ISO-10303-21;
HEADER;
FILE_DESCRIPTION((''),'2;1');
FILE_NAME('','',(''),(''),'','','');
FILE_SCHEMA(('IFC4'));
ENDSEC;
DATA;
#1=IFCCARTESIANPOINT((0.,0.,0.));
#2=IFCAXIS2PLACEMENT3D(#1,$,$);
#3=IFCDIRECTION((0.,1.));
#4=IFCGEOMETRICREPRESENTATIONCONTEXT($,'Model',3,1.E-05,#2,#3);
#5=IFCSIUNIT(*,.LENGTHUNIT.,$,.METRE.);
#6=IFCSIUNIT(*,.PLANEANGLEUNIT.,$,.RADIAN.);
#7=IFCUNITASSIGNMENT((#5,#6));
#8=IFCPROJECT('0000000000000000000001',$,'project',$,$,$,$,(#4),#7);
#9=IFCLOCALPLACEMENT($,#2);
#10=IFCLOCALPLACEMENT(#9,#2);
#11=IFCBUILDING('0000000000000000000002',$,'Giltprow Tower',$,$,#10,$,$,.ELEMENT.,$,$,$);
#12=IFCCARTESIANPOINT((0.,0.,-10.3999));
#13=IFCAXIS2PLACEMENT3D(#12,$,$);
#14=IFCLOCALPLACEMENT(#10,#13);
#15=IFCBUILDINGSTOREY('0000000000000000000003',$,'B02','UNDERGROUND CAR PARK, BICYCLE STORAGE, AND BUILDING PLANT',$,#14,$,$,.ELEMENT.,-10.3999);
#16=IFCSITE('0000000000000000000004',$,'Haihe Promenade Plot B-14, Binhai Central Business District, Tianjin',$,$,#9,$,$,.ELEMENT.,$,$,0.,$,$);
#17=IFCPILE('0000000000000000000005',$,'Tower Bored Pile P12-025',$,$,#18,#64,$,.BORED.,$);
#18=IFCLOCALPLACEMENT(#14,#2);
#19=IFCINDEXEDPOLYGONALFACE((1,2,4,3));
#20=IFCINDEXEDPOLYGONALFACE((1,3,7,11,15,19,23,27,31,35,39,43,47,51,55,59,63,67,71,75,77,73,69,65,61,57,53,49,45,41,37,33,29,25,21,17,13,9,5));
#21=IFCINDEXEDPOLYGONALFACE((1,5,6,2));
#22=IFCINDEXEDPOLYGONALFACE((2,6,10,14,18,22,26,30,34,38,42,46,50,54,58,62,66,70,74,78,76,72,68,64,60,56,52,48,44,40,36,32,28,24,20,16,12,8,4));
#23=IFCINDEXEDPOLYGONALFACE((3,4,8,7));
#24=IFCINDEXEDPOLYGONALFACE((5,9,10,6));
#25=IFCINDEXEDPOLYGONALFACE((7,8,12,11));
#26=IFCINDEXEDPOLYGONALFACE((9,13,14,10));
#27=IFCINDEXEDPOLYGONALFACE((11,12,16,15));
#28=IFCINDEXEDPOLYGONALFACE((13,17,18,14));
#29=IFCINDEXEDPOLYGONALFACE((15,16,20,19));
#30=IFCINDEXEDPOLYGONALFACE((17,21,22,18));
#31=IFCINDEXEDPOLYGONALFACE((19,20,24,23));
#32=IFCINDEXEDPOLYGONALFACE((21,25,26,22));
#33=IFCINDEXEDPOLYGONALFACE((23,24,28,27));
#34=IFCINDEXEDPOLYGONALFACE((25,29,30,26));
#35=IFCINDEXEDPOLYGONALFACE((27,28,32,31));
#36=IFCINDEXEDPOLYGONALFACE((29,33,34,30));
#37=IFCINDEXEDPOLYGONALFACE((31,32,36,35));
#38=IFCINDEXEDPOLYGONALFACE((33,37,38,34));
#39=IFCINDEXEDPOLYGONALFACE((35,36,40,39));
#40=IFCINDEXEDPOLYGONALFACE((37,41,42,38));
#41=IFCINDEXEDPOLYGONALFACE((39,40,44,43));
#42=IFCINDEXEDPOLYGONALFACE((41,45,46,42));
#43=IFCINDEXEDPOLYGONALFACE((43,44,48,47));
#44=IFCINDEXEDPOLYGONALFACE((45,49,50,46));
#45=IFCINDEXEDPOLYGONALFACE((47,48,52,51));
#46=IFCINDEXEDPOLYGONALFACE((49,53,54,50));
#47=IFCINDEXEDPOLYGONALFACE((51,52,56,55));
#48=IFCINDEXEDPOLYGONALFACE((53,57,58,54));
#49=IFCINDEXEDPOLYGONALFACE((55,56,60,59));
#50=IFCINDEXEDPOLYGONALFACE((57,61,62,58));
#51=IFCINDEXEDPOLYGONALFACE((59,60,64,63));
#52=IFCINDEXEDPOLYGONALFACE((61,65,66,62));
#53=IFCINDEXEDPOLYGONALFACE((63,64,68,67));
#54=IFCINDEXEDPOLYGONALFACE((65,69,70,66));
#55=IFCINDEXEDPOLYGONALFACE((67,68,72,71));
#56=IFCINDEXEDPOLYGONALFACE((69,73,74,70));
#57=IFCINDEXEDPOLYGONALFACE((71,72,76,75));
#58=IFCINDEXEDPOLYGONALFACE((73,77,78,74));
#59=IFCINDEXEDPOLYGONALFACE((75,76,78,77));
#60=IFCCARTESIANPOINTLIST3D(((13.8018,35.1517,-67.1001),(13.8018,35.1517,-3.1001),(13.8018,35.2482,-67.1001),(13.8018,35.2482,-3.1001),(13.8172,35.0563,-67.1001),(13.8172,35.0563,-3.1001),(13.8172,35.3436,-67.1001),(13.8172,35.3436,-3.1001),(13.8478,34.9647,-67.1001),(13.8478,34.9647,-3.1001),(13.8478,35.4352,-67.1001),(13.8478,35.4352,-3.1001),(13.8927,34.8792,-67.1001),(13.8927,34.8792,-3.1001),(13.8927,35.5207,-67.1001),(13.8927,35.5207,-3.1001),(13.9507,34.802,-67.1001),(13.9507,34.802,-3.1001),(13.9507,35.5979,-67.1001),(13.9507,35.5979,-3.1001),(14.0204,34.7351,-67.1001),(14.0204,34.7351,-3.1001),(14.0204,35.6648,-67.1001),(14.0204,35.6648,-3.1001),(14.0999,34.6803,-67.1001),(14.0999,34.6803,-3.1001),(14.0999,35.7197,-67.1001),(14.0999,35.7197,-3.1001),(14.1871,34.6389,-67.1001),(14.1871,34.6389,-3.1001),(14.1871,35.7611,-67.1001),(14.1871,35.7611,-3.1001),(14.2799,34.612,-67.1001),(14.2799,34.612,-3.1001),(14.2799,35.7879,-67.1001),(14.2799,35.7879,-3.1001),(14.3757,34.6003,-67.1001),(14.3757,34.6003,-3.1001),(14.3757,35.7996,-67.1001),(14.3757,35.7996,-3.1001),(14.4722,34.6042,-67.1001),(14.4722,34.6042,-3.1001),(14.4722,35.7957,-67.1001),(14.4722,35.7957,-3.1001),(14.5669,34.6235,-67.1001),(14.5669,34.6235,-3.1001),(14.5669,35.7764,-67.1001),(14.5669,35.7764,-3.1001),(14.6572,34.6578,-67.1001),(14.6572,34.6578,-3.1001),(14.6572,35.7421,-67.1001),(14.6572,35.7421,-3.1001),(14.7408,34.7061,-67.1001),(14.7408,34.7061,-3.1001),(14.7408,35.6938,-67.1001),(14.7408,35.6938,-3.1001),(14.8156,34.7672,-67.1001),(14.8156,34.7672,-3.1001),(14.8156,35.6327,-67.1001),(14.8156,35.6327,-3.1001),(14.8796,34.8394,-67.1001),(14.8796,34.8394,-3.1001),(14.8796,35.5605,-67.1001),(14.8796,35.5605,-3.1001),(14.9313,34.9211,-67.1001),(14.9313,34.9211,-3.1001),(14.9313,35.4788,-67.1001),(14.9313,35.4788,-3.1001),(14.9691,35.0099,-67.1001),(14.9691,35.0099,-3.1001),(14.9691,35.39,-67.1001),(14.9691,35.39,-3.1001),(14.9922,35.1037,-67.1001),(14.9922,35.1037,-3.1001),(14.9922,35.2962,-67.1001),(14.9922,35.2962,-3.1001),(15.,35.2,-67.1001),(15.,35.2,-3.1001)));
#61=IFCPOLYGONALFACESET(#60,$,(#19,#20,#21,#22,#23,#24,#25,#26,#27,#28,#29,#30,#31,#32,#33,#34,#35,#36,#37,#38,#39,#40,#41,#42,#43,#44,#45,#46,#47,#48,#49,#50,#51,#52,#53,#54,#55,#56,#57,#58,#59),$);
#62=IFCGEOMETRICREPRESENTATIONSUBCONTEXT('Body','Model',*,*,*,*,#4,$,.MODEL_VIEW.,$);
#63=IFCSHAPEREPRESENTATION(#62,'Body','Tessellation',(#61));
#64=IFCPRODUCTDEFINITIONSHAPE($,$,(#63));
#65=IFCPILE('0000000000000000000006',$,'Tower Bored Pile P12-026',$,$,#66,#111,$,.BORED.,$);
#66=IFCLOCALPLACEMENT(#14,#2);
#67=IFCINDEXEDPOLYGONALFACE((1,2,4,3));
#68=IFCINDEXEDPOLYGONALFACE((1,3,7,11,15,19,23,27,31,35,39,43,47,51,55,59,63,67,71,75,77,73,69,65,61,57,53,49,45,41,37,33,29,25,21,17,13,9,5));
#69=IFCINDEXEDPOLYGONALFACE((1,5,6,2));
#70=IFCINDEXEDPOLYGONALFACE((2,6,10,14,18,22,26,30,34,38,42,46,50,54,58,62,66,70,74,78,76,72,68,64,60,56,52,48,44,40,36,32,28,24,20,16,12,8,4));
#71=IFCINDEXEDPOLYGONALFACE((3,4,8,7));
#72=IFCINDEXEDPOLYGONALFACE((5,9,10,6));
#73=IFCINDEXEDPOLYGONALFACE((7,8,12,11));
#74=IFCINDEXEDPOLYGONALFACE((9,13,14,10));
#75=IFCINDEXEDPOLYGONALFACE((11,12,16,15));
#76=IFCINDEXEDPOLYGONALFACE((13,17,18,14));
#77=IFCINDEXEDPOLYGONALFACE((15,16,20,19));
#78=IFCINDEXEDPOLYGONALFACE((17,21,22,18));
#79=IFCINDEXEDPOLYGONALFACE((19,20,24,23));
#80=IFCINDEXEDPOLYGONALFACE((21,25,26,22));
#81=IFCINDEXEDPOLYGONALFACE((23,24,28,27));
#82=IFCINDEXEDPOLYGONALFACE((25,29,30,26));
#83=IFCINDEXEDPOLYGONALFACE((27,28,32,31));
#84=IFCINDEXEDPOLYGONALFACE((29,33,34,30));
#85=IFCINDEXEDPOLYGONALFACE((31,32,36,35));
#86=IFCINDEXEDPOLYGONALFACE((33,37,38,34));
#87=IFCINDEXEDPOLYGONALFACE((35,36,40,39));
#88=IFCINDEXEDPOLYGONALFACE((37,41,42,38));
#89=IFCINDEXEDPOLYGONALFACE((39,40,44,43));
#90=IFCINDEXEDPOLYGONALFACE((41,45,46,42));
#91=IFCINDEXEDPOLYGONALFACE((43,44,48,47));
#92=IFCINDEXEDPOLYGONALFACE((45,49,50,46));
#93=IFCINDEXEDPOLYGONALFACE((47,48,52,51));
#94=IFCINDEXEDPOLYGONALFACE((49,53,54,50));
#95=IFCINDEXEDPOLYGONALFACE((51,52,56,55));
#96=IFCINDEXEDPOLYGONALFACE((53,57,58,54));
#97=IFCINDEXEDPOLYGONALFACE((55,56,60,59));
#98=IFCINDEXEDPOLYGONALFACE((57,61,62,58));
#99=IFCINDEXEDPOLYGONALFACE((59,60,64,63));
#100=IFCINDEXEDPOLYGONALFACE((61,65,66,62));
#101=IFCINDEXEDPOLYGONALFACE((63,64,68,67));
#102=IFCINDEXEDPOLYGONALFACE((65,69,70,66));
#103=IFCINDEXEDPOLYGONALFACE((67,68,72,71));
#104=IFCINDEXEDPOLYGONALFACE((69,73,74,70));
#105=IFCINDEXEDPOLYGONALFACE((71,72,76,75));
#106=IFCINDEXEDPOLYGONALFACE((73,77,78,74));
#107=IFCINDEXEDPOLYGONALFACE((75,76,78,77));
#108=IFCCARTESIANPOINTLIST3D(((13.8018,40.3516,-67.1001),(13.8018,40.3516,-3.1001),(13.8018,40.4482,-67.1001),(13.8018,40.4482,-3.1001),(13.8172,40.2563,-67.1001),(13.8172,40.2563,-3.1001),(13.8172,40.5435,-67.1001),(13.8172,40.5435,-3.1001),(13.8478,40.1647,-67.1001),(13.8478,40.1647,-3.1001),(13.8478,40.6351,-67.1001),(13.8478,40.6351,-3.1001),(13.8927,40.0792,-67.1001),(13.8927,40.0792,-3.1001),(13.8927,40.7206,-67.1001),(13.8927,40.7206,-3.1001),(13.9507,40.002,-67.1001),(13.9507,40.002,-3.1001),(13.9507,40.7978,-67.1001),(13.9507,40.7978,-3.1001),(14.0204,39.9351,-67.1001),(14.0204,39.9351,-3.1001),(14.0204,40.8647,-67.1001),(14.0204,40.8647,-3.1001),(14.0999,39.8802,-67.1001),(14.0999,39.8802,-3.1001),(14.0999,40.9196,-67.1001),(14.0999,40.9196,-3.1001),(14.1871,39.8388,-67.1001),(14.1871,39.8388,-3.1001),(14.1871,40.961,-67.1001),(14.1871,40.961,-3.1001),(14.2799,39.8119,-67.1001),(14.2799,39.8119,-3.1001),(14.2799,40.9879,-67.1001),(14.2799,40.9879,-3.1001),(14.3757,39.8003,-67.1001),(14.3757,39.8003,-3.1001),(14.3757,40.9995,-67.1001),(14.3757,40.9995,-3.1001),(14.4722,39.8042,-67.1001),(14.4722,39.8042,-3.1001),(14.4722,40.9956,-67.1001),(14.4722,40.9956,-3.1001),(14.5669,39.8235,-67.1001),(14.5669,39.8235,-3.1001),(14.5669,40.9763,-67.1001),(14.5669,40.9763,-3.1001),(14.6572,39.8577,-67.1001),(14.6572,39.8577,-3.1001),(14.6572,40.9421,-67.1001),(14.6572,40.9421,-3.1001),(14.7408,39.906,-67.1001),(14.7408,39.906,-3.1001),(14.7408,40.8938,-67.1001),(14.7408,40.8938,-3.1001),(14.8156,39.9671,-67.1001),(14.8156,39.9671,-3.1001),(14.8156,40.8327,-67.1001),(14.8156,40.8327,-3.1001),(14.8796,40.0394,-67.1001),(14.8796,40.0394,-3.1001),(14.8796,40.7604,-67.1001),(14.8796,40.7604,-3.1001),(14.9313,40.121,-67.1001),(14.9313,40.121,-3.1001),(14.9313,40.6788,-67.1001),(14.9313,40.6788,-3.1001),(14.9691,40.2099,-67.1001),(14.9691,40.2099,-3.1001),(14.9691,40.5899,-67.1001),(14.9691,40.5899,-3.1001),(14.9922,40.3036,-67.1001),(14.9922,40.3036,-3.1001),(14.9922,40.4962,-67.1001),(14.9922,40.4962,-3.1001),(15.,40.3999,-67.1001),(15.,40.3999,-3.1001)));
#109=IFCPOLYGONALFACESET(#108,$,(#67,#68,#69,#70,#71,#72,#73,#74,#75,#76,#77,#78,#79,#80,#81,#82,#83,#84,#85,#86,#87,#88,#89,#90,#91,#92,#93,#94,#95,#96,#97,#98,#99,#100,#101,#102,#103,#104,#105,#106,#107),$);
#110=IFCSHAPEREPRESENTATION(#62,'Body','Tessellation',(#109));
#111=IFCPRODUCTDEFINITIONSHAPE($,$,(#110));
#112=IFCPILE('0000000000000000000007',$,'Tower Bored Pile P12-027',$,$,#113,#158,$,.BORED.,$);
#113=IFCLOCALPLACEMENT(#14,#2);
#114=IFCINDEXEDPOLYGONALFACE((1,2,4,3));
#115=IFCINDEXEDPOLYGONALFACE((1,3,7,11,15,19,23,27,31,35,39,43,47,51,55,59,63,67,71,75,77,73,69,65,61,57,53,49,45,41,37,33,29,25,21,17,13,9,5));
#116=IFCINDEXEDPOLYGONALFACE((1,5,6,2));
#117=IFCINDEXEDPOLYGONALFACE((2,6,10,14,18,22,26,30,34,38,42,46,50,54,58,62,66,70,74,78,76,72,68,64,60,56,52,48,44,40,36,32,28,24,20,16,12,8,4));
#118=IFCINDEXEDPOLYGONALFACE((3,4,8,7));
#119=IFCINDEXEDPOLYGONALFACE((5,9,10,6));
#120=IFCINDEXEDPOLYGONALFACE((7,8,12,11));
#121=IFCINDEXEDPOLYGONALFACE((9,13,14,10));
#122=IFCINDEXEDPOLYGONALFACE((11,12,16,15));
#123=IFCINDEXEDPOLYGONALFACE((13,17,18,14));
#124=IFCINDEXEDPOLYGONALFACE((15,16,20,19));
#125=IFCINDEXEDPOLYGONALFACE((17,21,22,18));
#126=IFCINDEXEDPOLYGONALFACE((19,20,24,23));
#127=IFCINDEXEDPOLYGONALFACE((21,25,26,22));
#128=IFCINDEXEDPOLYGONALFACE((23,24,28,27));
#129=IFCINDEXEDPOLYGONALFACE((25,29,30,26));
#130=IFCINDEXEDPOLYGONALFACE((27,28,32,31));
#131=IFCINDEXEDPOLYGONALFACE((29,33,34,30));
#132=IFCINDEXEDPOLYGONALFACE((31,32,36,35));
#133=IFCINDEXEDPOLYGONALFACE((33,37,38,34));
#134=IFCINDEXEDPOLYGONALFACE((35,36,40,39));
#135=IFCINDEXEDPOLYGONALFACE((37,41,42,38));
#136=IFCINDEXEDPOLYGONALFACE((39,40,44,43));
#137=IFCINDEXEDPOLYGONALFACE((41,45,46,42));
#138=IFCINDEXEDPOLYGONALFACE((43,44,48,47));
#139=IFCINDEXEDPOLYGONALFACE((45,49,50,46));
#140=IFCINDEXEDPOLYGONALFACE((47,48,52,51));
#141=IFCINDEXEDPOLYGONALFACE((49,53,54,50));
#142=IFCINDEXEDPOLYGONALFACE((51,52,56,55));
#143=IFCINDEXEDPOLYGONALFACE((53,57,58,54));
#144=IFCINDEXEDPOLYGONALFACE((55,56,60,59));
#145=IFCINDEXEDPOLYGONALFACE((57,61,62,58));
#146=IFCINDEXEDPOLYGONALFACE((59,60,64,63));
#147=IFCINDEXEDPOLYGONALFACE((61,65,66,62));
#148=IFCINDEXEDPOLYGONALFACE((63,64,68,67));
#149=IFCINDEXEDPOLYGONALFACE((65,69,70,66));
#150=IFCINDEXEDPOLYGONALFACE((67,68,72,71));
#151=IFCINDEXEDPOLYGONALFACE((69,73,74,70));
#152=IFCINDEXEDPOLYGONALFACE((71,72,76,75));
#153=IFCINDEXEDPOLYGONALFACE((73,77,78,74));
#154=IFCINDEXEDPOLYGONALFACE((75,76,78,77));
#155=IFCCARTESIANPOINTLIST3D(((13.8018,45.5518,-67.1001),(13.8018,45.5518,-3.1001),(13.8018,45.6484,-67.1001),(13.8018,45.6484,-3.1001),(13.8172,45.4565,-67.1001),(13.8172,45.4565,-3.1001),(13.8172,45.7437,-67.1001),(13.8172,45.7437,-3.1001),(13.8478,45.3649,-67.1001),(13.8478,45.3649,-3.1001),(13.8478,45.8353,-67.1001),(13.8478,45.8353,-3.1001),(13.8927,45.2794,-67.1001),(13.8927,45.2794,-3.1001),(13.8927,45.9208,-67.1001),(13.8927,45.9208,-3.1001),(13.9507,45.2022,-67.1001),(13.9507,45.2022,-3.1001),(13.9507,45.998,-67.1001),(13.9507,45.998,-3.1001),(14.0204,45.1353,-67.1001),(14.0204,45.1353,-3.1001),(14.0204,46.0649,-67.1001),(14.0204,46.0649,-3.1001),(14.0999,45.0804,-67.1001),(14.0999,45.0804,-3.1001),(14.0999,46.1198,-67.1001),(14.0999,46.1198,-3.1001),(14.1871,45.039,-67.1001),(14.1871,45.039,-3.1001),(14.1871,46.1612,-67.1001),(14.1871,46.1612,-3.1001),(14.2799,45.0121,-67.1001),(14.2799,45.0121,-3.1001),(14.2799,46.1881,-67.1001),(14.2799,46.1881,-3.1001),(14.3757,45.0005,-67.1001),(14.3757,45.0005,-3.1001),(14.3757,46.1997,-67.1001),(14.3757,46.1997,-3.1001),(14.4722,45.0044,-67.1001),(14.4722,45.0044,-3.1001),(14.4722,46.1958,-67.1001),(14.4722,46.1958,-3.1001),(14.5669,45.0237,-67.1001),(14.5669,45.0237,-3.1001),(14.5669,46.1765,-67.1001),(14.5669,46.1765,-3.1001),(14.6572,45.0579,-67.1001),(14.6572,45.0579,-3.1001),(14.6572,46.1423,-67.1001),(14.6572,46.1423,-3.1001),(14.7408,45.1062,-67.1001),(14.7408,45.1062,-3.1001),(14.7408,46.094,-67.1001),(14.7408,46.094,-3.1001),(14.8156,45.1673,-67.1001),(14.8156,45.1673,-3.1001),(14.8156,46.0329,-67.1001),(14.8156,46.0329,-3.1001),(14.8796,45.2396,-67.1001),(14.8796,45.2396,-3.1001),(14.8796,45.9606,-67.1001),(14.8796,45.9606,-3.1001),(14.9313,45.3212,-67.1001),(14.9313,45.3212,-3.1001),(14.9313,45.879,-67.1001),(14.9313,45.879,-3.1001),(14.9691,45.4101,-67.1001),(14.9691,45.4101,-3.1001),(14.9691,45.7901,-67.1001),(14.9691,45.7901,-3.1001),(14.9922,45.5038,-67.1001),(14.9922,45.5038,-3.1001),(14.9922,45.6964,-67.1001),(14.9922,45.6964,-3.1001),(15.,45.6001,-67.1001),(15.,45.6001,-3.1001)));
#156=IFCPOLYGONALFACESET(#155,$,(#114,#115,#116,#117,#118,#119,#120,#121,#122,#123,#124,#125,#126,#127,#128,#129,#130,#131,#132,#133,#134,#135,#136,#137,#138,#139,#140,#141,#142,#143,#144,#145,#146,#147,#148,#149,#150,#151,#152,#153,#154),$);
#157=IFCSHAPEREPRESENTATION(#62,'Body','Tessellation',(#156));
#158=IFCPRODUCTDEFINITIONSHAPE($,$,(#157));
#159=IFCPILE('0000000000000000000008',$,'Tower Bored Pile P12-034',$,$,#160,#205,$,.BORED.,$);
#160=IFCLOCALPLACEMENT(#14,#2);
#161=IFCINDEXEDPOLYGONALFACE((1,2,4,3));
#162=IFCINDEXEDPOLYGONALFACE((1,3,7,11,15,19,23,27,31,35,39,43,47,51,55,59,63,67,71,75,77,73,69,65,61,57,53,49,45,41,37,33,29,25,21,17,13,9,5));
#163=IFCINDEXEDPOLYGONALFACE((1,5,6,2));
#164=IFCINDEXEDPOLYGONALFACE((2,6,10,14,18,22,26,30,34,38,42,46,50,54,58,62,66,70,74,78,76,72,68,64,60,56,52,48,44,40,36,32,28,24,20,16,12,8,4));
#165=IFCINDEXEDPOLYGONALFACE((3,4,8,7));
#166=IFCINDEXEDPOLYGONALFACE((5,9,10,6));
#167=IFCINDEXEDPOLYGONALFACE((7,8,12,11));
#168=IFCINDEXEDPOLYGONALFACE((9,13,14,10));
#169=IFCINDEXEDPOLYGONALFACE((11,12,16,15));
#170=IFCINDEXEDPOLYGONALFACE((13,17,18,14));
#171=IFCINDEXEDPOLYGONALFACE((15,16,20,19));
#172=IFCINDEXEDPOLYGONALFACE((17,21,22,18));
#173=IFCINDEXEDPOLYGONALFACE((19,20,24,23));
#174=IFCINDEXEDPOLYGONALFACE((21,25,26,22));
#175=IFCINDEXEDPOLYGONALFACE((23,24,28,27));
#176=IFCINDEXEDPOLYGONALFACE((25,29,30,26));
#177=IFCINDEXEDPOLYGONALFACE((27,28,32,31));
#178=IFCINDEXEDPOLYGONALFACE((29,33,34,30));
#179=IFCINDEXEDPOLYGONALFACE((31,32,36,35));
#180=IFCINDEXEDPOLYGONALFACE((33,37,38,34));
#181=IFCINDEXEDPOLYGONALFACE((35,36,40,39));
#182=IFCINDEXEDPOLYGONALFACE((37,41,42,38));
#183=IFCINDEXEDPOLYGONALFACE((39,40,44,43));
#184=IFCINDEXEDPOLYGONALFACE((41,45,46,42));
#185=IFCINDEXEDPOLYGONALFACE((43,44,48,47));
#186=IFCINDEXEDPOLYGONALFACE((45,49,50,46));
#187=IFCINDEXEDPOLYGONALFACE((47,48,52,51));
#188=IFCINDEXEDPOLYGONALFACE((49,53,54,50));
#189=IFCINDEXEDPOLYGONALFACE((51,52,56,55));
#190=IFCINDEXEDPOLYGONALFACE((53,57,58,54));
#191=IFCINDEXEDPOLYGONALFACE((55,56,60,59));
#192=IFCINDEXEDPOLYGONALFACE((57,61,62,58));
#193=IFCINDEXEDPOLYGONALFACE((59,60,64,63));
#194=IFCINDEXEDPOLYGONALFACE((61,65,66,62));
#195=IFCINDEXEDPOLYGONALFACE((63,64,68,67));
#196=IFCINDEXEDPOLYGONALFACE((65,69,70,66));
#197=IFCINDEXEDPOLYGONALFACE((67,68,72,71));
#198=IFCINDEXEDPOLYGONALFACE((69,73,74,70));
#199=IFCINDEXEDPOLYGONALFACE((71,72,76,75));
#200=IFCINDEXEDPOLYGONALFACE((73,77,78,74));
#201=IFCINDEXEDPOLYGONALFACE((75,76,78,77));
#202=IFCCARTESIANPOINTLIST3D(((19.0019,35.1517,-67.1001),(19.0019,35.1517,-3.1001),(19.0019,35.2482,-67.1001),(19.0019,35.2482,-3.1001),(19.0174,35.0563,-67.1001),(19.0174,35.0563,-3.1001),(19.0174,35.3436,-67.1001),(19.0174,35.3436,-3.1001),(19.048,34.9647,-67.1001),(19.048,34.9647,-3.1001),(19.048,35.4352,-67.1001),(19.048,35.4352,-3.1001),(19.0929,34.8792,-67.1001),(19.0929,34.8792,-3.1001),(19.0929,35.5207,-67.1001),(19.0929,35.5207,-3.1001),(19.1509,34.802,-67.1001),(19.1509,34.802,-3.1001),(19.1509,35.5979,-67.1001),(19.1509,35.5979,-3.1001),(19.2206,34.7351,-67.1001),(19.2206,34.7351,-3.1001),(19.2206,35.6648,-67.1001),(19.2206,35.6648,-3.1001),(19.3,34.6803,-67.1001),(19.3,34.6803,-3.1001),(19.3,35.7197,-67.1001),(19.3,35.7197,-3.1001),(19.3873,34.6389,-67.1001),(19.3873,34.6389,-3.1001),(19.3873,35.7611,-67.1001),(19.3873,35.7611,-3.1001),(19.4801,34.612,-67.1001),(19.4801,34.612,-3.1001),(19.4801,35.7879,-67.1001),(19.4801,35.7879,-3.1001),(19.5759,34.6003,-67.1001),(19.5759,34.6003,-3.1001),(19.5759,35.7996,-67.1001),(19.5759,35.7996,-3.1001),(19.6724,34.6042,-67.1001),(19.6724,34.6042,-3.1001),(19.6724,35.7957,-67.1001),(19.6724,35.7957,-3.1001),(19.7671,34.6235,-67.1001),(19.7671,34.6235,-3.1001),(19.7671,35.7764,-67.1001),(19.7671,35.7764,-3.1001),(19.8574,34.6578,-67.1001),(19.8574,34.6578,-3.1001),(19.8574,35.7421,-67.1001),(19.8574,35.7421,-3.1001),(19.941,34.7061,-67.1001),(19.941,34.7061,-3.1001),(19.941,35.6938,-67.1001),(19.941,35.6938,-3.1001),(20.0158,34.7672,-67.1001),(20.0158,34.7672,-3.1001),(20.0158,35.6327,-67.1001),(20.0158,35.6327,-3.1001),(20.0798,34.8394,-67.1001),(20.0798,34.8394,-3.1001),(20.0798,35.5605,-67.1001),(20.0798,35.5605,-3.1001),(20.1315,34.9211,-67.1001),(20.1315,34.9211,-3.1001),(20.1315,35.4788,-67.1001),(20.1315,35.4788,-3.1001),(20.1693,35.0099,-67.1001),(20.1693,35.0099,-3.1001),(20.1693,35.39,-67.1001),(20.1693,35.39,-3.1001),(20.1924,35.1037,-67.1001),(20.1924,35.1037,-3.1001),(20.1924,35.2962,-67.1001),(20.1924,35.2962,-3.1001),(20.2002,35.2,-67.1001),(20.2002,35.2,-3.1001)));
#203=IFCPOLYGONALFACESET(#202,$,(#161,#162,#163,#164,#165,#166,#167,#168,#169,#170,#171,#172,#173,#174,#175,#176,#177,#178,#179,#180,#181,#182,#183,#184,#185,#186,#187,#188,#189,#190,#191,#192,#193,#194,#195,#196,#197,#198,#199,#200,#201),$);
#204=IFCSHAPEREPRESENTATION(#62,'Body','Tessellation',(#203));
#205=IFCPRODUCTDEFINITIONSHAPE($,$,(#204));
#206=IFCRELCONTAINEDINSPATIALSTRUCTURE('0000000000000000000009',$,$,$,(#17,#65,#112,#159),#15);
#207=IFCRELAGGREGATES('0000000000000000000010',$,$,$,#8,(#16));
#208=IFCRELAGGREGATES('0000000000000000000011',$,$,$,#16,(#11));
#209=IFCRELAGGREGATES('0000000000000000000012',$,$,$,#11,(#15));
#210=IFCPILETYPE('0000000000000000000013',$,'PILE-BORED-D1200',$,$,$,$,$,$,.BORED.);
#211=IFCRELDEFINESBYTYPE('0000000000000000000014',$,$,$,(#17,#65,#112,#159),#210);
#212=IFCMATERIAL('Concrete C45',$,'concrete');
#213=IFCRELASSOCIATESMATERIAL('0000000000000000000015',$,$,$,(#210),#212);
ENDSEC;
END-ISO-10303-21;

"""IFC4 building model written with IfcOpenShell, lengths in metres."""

from ifc_helpers import new_model, si_unit, direction, frame, origin, origin_2d, place, context, subcontext, project, spatial, circle, extrude, source, transform, mapped, material, material_profile, profile_set, type_object, element, save


model = new_model("IFC4")

# Units and contexts
model_context = context("Model", 3, precision=1e-05, world=origin(), true_north=direction((0.0, 1.0)))
body_context = subcontext(model_context, "Body", "Model", "MODEL_VIEW")
ifc_project = project(units=[si_unit("LENGTHUNIT", "METRE"), si_unit("PLANEANGLEUNIT", "RADIAN")], contexts=[model_context])

# Site, building, storey
site_placement = place(None, origin())
site = spatial("IfcSite", under=ifc_project, at=site_placement, Name="Haihe Promenade Plot B-14, Binhai Central Business District, Tianjin", CompositionType="ELEMENT", RefElevation=0.0)
building_placement = place(site_placement, origin())
building = spatial("IfcBuilding", under=site, at=building_placement, Name="Giltprow Tower", CompositionType="ELEMENT")
storey_placement = place(building_placement, frame((0.0, 0.0, -10.3999)))
storey = spatial("IfcBuildingStorey", under=building, at=storey_placement, Name="B02", Description="UNDERGROUND CAR PARK, BICYCLE STORAGE, AND BUILDING PLANT", CompositionType="ELEMENT", Elevation=-10.3999)

# Piles
ifc_material_1 = material(Name="Concrete C45", Category="concrete")
ifc_material_profile_1 = material_profile(ifc_material_1, circle(Radius=0.6001, at=origin_2d()), Name="PILE D1200")
ifc_profile_set_1 = profile_set([ifc_material_profile_1], Name="Concrete C45")
pile_type_1 = type_object("IfcPileType", Name="PILE-BORED-D1200", PredefinedType="BORED", material=ifc_profile_set_1)
shared_shape_1 = source(origin(), body_context, "Body", "SweptSolid", [
    extrude(circle(Radius=0.6001, at=origin_2d()), origin(), (0.0, 0.0, 1.0), 64.0),
])
for number, where, z_axis, x_axis, name in (
    (1, (14.3999, 35.2, -3.1001), (0.0, 0.0, -1.0), (1.0, 0.0, 0.0), "Tower Bored Pile P12-025"),
    (2, (14.3999, 40.3999, -3.1001), (0.0, 0.0, -1.0), (1.0, 0.0, 0.0), "Tower Bored Pile P12-026"),
    (3, (14.3999, 45.6001, -3.1001), (0.0, 0.0, -1.0), (1.0, 0.0, 0.0), "Tower Bored Pile P12-027"),
    (4, (19.6001, 35.2, -3.1001), (0.0, 0.0, -1.0), (1.0, 0.0, 0.0), "Tower Bored Pile P12-034"),
):
    element("IfcPile", number, at=place(storey_placement, frame(where, z_axis=z_axis, x_axis=x_axis)), inside=storey, type_object=pile_type_1, Name=name, PredefinedType="BORED", context=body_context, shape_type="MappedRepresentation", body=[
        mapped(shared_shape_1, transform((0.0, 0.0, 0.0), x_axis=(1.0, 0.0, 0.0), y_axis=(0.0, 1.0, 0.0), z_axis=(0.0, 0.0, 1.0), scale=1.0)),
    ])

save(model, "model.ifc")
